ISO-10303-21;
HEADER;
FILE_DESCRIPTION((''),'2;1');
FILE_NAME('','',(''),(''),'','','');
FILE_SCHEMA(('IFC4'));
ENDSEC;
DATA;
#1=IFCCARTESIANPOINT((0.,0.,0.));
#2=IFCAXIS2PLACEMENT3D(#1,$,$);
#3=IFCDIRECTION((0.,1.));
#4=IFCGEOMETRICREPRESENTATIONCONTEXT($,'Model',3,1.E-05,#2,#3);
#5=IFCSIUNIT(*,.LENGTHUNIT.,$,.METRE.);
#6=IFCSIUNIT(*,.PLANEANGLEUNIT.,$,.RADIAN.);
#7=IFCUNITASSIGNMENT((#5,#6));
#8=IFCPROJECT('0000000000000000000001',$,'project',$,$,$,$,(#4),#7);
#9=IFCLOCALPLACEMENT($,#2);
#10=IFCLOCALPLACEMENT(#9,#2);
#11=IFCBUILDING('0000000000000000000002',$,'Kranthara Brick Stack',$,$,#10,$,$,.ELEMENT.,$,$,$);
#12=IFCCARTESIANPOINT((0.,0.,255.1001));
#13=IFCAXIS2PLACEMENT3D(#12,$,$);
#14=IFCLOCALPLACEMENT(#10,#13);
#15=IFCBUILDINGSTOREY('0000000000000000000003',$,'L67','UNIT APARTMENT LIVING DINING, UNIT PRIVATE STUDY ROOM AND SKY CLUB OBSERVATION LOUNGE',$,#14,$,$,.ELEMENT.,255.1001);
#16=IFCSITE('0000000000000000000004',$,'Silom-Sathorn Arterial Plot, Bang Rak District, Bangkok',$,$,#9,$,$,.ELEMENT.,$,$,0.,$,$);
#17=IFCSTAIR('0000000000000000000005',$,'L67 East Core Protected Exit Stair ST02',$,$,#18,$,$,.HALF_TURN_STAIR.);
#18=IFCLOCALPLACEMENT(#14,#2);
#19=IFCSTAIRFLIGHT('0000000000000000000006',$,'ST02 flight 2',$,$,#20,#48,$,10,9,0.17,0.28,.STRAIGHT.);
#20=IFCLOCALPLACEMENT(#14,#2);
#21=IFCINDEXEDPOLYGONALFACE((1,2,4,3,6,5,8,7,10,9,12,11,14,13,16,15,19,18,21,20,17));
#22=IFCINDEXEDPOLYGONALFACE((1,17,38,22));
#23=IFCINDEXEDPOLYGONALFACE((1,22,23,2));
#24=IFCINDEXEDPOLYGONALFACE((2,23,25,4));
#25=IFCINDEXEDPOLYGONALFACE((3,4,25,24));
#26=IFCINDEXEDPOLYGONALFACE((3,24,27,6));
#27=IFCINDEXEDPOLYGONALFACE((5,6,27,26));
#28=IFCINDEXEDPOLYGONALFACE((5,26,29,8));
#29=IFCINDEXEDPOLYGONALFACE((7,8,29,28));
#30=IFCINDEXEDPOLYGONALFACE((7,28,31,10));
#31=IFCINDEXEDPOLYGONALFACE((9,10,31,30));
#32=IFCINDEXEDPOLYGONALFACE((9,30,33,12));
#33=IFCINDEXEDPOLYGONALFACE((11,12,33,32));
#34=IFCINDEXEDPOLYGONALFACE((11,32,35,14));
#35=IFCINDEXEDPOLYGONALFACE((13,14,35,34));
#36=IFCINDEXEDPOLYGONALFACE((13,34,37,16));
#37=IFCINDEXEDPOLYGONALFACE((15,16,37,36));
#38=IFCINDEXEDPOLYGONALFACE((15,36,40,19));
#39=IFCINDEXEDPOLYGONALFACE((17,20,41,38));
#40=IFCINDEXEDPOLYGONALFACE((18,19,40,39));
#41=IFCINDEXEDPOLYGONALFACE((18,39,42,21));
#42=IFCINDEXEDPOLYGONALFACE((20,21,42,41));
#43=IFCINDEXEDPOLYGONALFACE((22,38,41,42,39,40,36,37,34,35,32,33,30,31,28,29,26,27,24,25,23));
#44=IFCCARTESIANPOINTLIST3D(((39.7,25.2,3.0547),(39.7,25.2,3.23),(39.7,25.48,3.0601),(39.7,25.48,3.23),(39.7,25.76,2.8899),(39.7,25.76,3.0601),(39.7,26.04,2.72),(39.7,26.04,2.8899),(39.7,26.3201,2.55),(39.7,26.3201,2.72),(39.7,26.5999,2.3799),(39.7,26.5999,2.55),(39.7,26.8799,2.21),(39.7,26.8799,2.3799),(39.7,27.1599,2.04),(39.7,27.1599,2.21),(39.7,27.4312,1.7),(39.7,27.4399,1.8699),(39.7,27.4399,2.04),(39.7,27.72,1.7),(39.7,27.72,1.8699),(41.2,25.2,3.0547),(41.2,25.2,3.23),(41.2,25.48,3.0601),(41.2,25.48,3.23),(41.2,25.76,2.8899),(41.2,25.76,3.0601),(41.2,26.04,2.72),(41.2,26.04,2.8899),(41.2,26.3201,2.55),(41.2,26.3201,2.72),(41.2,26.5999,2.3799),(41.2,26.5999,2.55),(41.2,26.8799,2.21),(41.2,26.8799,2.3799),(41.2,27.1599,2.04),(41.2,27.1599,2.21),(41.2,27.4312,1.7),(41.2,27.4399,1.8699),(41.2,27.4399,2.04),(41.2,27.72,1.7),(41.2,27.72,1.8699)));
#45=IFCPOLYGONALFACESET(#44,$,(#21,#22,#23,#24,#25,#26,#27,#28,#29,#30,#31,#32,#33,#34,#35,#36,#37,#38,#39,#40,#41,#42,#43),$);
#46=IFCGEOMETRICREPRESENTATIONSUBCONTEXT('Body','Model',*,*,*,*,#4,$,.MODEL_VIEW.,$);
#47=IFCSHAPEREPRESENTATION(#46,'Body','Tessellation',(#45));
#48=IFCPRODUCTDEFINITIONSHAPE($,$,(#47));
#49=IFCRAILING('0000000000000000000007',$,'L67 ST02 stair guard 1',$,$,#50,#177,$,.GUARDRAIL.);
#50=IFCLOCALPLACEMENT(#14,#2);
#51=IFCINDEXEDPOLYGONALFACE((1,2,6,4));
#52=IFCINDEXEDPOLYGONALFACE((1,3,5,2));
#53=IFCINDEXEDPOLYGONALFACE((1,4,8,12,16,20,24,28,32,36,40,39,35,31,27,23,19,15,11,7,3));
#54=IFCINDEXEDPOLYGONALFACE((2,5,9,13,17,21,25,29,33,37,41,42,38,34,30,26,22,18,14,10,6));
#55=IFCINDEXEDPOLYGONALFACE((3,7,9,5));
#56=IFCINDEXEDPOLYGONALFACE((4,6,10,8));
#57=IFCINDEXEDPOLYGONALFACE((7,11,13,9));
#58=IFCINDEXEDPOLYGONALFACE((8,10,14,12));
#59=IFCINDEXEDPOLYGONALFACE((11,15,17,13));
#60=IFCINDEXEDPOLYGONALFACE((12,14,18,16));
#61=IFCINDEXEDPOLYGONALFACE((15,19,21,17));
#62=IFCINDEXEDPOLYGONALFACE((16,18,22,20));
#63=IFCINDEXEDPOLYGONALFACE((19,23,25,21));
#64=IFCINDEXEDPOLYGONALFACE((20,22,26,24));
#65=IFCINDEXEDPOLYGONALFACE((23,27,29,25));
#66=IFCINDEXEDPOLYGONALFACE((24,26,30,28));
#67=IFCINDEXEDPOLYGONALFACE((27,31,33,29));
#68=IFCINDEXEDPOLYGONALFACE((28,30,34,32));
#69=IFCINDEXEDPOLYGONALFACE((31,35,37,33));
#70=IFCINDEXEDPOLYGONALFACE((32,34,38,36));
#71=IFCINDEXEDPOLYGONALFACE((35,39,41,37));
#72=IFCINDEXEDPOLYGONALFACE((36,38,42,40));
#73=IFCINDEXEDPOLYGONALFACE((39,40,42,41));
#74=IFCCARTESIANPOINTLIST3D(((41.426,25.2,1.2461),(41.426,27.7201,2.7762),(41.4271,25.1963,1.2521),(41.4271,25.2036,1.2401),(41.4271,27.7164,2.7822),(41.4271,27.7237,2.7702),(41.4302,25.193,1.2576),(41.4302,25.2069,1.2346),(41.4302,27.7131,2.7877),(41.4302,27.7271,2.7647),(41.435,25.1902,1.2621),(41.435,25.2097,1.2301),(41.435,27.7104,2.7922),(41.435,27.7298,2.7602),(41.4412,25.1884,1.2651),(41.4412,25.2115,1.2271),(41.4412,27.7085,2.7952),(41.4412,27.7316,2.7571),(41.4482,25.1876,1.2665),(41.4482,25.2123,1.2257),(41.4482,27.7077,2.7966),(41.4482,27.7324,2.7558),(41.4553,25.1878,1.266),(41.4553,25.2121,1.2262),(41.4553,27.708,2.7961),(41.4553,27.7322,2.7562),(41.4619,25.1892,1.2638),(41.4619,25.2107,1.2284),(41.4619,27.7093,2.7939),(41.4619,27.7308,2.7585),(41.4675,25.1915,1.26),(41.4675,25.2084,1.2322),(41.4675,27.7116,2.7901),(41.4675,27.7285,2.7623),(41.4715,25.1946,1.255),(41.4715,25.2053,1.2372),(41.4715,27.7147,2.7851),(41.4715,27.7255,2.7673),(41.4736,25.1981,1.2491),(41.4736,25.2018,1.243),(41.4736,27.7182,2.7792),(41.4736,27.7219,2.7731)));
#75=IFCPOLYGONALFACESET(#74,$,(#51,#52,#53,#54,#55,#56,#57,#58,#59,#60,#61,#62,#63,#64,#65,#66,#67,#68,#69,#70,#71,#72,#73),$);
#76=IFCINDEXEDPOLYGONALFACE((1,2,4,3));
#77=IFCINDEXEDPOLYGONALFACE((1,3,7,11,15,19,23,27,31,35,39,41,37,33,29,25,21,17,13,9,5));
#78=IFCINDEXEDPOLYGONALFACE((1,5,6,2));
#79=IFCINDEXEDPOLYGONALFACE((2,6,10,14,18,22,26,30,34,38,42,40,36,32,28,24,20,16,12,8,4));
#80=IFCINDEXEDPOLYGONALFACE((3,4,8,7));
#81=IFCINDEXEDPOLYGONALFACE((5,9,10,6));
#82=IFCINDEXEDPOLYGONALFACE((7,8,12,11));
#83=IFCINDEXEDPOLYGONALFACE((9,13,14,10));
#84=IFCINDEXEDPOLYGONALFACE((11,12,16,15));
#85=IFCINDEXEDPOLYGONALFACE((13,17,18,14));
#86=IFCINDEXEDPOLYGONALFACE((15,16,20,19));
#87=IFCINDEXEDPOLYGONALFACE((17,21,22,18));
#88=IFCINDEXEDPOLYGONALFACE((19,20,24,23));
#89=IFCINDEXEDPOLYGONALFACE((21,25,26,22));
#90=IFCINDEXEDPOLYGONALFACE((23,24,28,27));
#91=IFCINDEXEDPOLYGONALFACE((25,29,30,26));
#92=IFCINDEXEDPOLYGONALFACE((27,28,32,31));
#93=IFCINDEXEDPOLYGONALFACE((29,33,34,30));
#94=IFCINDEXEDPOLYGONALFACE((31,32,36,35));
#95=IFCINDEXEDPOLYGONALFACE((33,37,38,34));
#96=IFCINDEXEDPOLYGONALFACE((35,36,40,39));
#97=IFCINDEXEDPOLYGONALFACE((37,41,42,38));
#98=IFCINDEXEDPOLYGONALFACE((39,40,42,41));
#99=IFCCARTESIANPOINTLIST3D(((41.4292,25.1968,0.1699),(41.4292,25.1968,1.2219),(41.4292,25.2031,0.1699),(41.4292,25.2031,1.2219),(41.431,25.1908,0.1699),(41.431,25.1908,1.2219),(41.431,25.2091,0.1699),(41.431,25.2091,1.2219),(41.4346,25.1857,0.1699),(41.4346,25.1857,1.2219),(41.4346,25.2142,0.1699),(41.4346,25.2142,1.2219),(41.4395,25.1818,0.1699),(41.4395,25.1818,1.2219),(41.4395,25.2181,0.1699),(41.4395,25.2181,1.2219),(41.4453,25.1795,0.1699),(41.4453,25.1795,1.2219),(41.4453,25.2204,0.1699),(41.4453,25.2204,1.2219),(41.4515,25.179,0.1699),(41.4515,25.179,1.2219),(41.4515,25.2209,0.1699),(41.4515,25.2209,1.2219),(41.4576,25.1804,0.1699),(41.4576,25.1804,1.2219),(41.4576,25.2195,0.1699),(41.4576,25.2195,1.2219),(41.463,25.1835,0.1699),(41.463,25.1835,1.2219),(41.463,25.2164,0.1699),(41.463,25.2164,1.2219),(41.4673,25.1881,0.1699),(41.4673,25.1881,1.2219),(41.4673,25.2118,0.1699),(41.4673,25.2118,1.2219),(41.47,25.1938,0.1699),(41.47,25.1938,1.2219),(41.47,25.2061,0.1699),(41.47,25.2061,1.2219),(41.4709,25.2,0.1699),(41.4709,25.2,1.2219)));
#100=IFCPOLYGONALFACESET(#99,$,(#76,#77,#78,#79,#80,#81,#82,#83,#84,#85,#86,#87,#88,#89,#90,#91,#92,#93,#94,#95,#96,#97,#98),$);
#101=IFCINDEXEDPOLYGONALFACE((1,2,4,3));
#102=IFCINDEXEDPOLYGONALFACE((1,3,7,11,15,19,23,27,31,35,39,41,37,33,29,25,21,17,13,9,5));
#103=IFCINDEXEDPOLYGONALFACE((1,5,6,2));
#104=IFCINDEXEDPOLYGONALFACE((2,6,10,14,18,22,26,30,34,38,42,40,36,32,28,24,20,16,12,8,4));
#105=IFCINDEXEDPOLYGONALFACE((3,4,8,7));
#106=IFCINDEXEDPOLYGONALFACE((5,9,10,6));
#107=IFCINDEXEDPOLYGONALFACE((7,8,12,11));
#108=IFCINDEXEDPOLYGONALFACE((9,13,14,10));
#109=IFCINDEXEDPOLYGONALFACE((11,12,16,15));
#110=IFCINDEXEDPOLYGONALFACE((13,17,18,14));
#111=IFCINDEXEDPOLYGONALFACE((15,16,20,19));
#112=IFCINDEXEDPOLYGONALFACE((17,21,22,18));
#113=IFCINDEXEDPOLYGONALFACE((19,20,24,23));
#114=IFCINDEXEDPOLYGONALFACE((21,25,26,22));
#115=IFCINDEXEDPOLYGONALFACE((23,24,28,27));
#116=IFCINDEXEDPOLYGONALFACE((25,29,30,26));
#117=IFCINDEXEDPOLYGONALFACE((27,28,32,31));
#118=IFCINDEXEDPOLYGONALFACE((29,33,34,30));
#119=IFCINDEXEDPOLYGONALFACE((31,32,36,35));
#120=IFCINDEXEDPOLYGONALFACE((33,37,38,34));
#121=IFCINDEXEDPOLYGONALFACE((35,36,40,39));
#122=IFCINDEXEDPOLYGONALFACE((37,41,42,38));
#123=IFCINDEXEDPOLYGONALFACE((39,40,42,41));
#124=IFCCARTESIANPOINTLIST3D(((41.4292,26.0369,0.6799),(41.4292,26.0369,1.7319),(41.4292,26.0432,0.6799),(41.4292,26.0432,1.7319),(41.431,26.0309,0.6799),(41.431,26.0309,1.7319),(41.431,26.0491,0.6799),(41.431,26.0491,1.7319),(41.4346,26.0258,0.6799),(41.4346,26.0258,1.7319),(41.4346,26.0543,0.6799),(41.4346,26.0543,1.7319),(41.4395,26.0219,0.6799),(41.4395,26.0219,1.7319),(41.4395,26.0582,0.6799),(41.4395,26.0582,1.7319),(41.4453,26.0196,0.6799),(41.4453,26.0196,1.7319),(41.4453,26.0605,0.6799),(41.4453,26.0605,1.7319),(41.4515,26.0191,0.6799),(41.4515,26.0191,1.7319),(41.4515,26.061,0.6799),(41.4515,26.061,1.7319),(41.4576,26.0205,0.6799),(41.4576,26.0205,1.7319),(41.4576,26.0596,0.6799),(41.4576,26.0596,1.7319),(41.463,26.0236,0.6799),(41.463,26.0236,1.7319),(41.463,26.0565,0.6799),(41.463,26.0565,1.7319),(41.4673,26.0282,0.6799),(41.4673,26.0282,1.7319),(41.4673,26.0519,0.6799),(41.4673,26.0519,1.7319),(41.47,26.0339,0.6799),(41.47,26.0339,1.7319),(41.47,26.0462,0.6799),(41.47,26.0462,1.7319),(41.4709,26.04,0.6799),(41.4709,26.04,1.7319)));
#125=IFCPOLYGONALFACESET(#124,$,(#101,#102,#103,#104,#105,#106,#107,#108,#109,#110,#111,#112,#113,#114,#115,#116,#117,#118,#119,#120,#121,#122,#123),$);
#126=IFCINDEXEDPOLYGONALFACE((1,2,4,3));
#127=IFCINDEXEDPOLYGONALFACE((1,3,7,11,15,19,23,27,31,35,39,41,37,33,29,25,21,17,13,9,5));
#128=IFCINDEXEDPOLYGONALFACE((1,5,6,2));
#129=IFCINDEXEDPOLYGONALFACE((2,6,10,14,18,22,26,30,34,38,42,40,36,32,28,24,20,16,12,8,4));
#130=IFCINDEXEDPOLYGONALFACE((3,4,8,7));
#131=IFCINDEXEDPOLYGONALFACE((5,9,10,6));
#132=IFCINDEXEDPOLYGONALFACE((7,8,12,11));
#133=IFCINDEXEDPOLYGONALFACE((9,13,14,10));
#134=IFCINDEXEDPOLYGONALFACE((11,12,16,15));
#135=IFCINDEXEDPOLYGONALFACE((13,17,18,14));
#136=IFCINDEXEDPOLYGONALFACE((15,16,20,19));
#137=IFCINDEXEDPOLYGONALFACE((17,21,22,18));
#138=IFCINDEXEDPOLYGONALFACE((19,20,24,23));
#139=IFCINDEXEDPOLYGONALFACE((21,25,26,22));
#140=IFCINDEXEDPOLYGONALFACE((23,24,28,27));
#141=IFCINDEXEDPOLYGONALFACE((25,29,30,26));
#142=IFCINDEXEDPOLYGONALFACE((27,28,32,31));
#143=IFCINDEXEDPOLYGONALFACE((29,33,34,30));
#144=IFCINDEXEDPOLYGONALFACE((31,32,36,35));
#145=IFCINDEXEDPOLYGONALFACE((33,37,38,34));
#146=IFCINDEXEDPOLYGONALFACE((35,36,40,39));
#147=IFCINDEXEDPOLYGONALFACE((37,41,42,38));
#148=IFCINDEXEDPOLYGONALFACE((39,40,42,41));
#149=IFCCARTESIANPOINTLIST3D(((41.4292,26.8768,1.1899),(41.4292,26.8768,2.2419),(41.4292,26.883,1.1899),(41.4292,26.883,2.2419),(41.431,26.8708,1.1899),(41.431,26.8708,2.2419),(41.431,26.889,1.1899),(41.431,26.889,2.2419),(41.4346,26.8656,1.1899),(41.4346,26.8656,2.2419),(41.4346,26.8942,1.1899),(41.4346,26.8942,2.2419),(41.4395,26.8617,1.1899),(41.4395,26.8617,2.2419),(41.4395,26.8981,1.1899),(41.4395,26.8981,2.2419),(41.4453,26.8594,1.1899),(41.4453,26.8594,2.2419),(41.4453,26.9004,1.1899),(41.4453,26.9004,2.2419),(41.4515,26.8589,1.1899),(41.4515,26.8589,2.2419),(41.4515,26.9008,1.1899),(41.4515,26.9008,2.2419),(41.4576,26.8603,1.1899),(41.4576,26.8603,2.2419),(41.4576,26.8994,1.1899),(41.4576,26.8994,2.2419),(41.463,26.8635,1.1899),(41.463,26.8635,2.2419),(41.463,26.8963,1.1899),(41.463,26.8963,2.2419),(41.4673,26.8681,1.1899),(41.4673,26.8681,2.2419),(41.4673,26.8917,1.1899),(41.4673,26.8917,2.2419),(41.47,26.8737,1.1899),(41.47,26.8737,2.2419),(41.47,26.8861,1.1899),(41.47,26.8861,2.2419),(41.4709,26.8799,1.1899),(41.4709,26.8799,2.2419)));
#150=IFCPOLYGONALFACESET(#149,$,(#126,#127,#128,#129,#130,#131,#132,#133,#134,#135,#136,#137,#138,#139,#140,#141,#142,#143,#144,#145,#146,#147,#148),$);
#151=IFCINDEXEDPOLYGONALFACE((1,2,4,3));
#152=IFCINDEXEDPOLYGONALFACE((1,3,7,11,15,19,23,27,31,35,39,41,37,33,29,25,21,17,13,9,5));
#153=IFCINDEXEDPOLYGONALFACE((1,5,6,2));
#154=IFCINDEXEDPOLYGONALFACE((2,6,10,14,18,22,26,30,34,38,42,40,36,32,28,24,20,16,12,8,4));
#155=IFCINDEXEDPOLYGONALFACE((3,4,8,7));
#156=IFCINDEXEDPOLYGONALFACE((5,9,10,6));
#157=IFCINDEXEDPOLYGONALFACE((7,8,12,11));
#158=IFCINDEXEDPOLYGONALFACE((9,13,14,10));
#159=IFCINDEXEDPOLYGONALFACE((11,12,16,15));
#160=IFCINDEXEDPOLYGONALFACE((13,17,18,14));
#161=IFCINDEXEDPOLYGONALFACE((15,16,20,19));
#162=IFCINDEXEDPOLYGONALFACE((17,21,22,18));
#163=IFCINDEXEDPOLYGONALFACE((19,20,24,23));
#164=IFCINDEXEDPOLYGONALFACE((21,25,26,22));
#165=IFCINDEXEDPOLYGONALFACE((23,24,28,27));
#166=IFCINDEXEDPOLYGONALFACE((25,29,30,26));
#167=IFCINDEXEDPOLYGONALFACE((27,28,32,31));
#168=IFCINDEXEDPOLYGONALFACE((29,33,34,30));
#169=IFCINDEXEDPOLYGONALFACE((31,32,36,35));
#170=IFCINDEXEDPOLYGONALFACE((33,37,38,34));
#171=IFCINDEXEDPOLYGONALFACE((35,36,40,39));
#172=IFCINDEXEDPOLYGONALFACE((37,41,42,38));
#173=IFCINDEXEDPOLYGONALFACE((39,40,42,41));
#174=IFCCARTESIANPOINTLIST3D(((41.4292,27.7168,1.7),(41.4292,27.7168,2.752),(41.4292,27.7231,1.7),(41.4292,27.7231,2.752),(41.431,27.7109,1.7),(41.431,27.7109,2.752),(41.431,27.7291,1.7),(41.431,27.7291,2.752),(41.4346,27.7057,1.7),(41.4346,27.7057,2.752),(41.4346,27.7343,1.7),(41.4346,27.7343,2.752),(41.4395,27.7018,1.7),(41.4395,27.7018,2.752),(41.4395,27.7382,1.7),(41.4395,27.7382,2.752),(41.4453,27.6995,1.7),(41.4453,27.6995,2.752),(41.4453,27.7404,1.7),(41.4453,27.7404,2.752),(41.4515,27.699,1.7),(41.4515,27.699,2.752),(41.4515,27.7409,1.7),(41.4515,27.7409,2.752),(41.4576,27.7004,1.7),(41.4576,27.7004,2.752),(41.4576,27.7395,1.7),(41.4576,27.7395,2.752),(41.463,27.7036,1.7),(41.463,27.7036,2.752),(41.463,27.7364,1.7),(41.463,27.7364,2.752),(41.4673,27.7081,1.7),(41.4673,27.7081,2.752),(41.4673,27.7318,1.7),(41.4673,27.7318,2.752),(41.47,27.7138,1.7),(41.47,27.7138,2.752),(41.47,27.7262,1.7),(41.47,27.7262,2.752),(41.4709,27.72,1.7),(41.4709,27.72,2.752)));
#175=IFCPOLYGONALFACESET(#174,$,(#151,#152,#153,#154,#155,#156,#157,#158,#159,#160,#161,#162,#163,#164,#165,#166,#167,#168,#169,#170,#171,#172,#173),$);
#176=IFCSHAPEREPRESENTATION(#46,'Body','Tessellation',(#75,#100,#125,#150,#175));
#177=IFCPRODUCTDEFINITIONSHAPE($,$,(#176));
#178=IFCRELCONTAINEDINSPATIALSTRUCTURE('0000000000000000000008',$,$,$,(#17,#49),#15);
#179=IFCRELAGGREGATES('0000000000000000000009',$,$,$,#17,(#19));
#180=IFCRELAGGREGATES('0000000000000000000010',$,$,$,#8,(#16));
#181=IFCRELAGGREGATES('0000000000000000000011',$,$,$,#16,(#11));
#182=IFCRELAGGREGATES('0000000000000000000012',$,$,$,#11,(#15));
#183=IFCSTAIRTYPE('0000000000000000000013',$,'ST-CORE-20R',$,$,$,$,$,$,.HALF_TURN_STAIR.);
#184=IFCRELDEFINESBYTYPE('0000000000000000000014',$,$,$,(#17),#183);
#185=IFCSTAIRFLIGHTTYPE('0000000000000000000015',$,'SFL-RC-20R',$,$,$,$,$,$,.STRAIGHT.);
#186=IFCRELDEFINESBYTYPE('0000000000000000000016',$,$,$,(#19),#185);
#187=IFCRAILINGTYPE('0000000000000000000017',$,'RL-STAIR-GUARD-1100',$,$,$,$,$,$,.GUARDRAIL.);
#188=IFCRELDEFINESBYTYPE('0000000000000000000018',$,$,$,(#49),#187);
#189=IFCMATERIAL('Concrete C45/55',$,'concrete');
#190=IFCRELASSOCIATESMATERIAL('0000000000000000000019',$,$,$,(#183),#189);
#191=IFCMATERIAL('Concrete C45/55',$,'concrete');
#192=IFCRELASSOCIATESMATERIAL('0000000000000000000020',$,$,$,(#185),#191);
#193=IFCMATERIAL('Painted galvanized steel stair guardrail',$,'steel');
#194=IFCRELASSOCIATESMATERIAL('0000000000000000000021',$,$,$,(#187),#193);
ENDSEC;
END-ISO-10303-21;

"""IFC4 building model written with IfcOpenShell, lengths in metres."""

from ifc_helpers import new_model, si_unit, direction, frame, origin, origin_2d, place, context, subcontext, project, spatial, polyline, circle, outline, extrude, material, type_object, element, aggregate, save


model = new_model("IFC4")

# Units and contexts
model_context = context("Model", 3, precision=1e-05, world=origin(), true_north=direction((0.0, 1.0)))
body_context = subcontext(model_context, "Body", "Model", "MODEL_VIEW")
ifc_project = project(units=[si_unit("LENGTHUNIT", "METRE"), si_unit("PLANEANGLEUNIT", "RADIAN")], contexts=[model_context])

# Site, building, storey
site_placement = place(None, origin())
site = spatial("IfcSite", under=ifc_project, at=site_placement, Name="Silom-Sathorn Arterial Plot, Bang Rak District, Bangkok", CompositionType="ELEMENT", RefElevation=0.0)
building_placement = place(site_placement, origin())
building = spatial("IfcBuilding", under=site, at=building_placement, Name="Kranthara Brick Stack", CompositionType="ELEMENT")
storey_placement = place(building_placement, frame((0.0, 0.0, 255.1001)))
storey = spatial("IfcBuildingStorey", under=building, at=storey_placement, Name="L67", Description="UNIT APARTMENT LIVING DINING, UNIT PRIVATE STUDY ROOM AND SKY CLUB OBSERVATION LOUNGE", CompositionType="ELEMENT", Elevation=255.1001)

# Stair, stair flight
ifc_material_1 = material(Name="Concrete C45/55", Category="concrete")
stair_type = type_object("IfcStairType", Name="ST-CORE-20R", PredefinedType="HALF_TURN_STAIR", material=ifc_material_1)
stair_placement = place(storey_placement, origin())
stair = element("IfcStair", 1, at=stair_placement, inside=storey, type_object=stair_type, Name="L67 East Core Protected Exit Stair ST02", PredefinedType="HALF_TURN_STAIR")
ifc_material_2 = material(Name="Concrete C45/55", Category="concrete")
stair_flight_type = type_object("IfcStairFlightType", Name="SFL-RC-20R", PredefinedType="STRAIGHT", material=ifc_material_2)
stair_flight_1_placement = place(storey_placement, frame((40.45, 27.72, 1.7), z_axis=(0.0, 0.0, 1.0), x_axis=(0.0, -1.0, 0.0)))
stair_flight_1 = element("IfcStairFlight", 2, at=stair_flight_1_placement, type_object=stair_flight_type, Name="ST02 flight 2", NumberOfRisers=10, NumberOfTreads=9, PredefinedType="STRAIGHT", RiserHeight=0.17, TreadLength=0.28, context=body_context, shape_type="SweptSolid", body=[
    extrude(outline(polyline([(0.0, 0.0), (0.0, 0.1699), (0.28, 0.1699), (0.28, 0.3401), (0.5601, 0.3401), (0.5601, 0.51), (0.8401, 0.51), (0.8401, 0.6799), (1.1201, 0.6799), (1.1201, 0.8501), (1.3999, 0.8501), (1.3999, 1.02), (1.6799, 1.02), (1.6799, 1.1899), (1.96, 1.1899), (1.96, 1.3601), (2.24, 1.3601), (2.24, 1.53), (2.52, 1.53), (2.52, 1.7), (2.52, 1.3547), (0.2888, 0.0), (0.0, 0.0)])), frame((0.0, 0.75, 0.0), z_axis=(0.0, -1.0, 0.0), x_axis=(1.0, 0.0, 0.0)), (0.0, 0.0, 1.0), 1.5),
])
aggregate(stair, [stair_flight_1])

# Railing
ifc_material_3 = material(Name="Painted galvanized steel stair guardrail", Category="steel")
railing_type_1 = type_object("IfcRailingType", Name="RL-STAIR-GUARD-1100", PredefinedType="GUARDRAIL", material=ifc_material_3)
railing_1_placement = place(storey_placement, frame((41.45, 25.2, 0.1699)))
element("IfcRailing", 3, at=railing_1_placement, inside=storey, type_object=railing_type_1, Name="L67 ST02 stair guard 1", PredefinedType="GUARDRAIL", context=body_context, shape_type="SweptSolid", body=[
    extrude(circle(Radius=0.0239, at=origin_2d()), frame((0.0, 0.0, 1.0762), z_axis=(0.0, 0.854785, 0.518982), x_axis=(-1.0, 0.0, 0.0)), (0.0, 0.0, 1.0), 2.9482),
    extrude(circle(Radius=0.021, at=origin_2d()), origin(), (0.0, 0.0, 1.0), 1.052),
    extrude(circle(Radius=0.021, at=origin_2d()), frame((0.0, 0.8401, 0.51)), (0.0, 0.0, 1.0), 1.052),
    extrude(circle(Radius=0.021, at=origin_2d()), frame((0.0, 1.6799, 1.02)), (0.0, 0.0, 1.0), 1.052),
    extrude(circle(Radius=0.021, at=origin_2d()), frame((0.0, 2.52, 1.53)), (0.0, 0.0, 1.0), 1.052),
])

save(model, "model.ifc")
